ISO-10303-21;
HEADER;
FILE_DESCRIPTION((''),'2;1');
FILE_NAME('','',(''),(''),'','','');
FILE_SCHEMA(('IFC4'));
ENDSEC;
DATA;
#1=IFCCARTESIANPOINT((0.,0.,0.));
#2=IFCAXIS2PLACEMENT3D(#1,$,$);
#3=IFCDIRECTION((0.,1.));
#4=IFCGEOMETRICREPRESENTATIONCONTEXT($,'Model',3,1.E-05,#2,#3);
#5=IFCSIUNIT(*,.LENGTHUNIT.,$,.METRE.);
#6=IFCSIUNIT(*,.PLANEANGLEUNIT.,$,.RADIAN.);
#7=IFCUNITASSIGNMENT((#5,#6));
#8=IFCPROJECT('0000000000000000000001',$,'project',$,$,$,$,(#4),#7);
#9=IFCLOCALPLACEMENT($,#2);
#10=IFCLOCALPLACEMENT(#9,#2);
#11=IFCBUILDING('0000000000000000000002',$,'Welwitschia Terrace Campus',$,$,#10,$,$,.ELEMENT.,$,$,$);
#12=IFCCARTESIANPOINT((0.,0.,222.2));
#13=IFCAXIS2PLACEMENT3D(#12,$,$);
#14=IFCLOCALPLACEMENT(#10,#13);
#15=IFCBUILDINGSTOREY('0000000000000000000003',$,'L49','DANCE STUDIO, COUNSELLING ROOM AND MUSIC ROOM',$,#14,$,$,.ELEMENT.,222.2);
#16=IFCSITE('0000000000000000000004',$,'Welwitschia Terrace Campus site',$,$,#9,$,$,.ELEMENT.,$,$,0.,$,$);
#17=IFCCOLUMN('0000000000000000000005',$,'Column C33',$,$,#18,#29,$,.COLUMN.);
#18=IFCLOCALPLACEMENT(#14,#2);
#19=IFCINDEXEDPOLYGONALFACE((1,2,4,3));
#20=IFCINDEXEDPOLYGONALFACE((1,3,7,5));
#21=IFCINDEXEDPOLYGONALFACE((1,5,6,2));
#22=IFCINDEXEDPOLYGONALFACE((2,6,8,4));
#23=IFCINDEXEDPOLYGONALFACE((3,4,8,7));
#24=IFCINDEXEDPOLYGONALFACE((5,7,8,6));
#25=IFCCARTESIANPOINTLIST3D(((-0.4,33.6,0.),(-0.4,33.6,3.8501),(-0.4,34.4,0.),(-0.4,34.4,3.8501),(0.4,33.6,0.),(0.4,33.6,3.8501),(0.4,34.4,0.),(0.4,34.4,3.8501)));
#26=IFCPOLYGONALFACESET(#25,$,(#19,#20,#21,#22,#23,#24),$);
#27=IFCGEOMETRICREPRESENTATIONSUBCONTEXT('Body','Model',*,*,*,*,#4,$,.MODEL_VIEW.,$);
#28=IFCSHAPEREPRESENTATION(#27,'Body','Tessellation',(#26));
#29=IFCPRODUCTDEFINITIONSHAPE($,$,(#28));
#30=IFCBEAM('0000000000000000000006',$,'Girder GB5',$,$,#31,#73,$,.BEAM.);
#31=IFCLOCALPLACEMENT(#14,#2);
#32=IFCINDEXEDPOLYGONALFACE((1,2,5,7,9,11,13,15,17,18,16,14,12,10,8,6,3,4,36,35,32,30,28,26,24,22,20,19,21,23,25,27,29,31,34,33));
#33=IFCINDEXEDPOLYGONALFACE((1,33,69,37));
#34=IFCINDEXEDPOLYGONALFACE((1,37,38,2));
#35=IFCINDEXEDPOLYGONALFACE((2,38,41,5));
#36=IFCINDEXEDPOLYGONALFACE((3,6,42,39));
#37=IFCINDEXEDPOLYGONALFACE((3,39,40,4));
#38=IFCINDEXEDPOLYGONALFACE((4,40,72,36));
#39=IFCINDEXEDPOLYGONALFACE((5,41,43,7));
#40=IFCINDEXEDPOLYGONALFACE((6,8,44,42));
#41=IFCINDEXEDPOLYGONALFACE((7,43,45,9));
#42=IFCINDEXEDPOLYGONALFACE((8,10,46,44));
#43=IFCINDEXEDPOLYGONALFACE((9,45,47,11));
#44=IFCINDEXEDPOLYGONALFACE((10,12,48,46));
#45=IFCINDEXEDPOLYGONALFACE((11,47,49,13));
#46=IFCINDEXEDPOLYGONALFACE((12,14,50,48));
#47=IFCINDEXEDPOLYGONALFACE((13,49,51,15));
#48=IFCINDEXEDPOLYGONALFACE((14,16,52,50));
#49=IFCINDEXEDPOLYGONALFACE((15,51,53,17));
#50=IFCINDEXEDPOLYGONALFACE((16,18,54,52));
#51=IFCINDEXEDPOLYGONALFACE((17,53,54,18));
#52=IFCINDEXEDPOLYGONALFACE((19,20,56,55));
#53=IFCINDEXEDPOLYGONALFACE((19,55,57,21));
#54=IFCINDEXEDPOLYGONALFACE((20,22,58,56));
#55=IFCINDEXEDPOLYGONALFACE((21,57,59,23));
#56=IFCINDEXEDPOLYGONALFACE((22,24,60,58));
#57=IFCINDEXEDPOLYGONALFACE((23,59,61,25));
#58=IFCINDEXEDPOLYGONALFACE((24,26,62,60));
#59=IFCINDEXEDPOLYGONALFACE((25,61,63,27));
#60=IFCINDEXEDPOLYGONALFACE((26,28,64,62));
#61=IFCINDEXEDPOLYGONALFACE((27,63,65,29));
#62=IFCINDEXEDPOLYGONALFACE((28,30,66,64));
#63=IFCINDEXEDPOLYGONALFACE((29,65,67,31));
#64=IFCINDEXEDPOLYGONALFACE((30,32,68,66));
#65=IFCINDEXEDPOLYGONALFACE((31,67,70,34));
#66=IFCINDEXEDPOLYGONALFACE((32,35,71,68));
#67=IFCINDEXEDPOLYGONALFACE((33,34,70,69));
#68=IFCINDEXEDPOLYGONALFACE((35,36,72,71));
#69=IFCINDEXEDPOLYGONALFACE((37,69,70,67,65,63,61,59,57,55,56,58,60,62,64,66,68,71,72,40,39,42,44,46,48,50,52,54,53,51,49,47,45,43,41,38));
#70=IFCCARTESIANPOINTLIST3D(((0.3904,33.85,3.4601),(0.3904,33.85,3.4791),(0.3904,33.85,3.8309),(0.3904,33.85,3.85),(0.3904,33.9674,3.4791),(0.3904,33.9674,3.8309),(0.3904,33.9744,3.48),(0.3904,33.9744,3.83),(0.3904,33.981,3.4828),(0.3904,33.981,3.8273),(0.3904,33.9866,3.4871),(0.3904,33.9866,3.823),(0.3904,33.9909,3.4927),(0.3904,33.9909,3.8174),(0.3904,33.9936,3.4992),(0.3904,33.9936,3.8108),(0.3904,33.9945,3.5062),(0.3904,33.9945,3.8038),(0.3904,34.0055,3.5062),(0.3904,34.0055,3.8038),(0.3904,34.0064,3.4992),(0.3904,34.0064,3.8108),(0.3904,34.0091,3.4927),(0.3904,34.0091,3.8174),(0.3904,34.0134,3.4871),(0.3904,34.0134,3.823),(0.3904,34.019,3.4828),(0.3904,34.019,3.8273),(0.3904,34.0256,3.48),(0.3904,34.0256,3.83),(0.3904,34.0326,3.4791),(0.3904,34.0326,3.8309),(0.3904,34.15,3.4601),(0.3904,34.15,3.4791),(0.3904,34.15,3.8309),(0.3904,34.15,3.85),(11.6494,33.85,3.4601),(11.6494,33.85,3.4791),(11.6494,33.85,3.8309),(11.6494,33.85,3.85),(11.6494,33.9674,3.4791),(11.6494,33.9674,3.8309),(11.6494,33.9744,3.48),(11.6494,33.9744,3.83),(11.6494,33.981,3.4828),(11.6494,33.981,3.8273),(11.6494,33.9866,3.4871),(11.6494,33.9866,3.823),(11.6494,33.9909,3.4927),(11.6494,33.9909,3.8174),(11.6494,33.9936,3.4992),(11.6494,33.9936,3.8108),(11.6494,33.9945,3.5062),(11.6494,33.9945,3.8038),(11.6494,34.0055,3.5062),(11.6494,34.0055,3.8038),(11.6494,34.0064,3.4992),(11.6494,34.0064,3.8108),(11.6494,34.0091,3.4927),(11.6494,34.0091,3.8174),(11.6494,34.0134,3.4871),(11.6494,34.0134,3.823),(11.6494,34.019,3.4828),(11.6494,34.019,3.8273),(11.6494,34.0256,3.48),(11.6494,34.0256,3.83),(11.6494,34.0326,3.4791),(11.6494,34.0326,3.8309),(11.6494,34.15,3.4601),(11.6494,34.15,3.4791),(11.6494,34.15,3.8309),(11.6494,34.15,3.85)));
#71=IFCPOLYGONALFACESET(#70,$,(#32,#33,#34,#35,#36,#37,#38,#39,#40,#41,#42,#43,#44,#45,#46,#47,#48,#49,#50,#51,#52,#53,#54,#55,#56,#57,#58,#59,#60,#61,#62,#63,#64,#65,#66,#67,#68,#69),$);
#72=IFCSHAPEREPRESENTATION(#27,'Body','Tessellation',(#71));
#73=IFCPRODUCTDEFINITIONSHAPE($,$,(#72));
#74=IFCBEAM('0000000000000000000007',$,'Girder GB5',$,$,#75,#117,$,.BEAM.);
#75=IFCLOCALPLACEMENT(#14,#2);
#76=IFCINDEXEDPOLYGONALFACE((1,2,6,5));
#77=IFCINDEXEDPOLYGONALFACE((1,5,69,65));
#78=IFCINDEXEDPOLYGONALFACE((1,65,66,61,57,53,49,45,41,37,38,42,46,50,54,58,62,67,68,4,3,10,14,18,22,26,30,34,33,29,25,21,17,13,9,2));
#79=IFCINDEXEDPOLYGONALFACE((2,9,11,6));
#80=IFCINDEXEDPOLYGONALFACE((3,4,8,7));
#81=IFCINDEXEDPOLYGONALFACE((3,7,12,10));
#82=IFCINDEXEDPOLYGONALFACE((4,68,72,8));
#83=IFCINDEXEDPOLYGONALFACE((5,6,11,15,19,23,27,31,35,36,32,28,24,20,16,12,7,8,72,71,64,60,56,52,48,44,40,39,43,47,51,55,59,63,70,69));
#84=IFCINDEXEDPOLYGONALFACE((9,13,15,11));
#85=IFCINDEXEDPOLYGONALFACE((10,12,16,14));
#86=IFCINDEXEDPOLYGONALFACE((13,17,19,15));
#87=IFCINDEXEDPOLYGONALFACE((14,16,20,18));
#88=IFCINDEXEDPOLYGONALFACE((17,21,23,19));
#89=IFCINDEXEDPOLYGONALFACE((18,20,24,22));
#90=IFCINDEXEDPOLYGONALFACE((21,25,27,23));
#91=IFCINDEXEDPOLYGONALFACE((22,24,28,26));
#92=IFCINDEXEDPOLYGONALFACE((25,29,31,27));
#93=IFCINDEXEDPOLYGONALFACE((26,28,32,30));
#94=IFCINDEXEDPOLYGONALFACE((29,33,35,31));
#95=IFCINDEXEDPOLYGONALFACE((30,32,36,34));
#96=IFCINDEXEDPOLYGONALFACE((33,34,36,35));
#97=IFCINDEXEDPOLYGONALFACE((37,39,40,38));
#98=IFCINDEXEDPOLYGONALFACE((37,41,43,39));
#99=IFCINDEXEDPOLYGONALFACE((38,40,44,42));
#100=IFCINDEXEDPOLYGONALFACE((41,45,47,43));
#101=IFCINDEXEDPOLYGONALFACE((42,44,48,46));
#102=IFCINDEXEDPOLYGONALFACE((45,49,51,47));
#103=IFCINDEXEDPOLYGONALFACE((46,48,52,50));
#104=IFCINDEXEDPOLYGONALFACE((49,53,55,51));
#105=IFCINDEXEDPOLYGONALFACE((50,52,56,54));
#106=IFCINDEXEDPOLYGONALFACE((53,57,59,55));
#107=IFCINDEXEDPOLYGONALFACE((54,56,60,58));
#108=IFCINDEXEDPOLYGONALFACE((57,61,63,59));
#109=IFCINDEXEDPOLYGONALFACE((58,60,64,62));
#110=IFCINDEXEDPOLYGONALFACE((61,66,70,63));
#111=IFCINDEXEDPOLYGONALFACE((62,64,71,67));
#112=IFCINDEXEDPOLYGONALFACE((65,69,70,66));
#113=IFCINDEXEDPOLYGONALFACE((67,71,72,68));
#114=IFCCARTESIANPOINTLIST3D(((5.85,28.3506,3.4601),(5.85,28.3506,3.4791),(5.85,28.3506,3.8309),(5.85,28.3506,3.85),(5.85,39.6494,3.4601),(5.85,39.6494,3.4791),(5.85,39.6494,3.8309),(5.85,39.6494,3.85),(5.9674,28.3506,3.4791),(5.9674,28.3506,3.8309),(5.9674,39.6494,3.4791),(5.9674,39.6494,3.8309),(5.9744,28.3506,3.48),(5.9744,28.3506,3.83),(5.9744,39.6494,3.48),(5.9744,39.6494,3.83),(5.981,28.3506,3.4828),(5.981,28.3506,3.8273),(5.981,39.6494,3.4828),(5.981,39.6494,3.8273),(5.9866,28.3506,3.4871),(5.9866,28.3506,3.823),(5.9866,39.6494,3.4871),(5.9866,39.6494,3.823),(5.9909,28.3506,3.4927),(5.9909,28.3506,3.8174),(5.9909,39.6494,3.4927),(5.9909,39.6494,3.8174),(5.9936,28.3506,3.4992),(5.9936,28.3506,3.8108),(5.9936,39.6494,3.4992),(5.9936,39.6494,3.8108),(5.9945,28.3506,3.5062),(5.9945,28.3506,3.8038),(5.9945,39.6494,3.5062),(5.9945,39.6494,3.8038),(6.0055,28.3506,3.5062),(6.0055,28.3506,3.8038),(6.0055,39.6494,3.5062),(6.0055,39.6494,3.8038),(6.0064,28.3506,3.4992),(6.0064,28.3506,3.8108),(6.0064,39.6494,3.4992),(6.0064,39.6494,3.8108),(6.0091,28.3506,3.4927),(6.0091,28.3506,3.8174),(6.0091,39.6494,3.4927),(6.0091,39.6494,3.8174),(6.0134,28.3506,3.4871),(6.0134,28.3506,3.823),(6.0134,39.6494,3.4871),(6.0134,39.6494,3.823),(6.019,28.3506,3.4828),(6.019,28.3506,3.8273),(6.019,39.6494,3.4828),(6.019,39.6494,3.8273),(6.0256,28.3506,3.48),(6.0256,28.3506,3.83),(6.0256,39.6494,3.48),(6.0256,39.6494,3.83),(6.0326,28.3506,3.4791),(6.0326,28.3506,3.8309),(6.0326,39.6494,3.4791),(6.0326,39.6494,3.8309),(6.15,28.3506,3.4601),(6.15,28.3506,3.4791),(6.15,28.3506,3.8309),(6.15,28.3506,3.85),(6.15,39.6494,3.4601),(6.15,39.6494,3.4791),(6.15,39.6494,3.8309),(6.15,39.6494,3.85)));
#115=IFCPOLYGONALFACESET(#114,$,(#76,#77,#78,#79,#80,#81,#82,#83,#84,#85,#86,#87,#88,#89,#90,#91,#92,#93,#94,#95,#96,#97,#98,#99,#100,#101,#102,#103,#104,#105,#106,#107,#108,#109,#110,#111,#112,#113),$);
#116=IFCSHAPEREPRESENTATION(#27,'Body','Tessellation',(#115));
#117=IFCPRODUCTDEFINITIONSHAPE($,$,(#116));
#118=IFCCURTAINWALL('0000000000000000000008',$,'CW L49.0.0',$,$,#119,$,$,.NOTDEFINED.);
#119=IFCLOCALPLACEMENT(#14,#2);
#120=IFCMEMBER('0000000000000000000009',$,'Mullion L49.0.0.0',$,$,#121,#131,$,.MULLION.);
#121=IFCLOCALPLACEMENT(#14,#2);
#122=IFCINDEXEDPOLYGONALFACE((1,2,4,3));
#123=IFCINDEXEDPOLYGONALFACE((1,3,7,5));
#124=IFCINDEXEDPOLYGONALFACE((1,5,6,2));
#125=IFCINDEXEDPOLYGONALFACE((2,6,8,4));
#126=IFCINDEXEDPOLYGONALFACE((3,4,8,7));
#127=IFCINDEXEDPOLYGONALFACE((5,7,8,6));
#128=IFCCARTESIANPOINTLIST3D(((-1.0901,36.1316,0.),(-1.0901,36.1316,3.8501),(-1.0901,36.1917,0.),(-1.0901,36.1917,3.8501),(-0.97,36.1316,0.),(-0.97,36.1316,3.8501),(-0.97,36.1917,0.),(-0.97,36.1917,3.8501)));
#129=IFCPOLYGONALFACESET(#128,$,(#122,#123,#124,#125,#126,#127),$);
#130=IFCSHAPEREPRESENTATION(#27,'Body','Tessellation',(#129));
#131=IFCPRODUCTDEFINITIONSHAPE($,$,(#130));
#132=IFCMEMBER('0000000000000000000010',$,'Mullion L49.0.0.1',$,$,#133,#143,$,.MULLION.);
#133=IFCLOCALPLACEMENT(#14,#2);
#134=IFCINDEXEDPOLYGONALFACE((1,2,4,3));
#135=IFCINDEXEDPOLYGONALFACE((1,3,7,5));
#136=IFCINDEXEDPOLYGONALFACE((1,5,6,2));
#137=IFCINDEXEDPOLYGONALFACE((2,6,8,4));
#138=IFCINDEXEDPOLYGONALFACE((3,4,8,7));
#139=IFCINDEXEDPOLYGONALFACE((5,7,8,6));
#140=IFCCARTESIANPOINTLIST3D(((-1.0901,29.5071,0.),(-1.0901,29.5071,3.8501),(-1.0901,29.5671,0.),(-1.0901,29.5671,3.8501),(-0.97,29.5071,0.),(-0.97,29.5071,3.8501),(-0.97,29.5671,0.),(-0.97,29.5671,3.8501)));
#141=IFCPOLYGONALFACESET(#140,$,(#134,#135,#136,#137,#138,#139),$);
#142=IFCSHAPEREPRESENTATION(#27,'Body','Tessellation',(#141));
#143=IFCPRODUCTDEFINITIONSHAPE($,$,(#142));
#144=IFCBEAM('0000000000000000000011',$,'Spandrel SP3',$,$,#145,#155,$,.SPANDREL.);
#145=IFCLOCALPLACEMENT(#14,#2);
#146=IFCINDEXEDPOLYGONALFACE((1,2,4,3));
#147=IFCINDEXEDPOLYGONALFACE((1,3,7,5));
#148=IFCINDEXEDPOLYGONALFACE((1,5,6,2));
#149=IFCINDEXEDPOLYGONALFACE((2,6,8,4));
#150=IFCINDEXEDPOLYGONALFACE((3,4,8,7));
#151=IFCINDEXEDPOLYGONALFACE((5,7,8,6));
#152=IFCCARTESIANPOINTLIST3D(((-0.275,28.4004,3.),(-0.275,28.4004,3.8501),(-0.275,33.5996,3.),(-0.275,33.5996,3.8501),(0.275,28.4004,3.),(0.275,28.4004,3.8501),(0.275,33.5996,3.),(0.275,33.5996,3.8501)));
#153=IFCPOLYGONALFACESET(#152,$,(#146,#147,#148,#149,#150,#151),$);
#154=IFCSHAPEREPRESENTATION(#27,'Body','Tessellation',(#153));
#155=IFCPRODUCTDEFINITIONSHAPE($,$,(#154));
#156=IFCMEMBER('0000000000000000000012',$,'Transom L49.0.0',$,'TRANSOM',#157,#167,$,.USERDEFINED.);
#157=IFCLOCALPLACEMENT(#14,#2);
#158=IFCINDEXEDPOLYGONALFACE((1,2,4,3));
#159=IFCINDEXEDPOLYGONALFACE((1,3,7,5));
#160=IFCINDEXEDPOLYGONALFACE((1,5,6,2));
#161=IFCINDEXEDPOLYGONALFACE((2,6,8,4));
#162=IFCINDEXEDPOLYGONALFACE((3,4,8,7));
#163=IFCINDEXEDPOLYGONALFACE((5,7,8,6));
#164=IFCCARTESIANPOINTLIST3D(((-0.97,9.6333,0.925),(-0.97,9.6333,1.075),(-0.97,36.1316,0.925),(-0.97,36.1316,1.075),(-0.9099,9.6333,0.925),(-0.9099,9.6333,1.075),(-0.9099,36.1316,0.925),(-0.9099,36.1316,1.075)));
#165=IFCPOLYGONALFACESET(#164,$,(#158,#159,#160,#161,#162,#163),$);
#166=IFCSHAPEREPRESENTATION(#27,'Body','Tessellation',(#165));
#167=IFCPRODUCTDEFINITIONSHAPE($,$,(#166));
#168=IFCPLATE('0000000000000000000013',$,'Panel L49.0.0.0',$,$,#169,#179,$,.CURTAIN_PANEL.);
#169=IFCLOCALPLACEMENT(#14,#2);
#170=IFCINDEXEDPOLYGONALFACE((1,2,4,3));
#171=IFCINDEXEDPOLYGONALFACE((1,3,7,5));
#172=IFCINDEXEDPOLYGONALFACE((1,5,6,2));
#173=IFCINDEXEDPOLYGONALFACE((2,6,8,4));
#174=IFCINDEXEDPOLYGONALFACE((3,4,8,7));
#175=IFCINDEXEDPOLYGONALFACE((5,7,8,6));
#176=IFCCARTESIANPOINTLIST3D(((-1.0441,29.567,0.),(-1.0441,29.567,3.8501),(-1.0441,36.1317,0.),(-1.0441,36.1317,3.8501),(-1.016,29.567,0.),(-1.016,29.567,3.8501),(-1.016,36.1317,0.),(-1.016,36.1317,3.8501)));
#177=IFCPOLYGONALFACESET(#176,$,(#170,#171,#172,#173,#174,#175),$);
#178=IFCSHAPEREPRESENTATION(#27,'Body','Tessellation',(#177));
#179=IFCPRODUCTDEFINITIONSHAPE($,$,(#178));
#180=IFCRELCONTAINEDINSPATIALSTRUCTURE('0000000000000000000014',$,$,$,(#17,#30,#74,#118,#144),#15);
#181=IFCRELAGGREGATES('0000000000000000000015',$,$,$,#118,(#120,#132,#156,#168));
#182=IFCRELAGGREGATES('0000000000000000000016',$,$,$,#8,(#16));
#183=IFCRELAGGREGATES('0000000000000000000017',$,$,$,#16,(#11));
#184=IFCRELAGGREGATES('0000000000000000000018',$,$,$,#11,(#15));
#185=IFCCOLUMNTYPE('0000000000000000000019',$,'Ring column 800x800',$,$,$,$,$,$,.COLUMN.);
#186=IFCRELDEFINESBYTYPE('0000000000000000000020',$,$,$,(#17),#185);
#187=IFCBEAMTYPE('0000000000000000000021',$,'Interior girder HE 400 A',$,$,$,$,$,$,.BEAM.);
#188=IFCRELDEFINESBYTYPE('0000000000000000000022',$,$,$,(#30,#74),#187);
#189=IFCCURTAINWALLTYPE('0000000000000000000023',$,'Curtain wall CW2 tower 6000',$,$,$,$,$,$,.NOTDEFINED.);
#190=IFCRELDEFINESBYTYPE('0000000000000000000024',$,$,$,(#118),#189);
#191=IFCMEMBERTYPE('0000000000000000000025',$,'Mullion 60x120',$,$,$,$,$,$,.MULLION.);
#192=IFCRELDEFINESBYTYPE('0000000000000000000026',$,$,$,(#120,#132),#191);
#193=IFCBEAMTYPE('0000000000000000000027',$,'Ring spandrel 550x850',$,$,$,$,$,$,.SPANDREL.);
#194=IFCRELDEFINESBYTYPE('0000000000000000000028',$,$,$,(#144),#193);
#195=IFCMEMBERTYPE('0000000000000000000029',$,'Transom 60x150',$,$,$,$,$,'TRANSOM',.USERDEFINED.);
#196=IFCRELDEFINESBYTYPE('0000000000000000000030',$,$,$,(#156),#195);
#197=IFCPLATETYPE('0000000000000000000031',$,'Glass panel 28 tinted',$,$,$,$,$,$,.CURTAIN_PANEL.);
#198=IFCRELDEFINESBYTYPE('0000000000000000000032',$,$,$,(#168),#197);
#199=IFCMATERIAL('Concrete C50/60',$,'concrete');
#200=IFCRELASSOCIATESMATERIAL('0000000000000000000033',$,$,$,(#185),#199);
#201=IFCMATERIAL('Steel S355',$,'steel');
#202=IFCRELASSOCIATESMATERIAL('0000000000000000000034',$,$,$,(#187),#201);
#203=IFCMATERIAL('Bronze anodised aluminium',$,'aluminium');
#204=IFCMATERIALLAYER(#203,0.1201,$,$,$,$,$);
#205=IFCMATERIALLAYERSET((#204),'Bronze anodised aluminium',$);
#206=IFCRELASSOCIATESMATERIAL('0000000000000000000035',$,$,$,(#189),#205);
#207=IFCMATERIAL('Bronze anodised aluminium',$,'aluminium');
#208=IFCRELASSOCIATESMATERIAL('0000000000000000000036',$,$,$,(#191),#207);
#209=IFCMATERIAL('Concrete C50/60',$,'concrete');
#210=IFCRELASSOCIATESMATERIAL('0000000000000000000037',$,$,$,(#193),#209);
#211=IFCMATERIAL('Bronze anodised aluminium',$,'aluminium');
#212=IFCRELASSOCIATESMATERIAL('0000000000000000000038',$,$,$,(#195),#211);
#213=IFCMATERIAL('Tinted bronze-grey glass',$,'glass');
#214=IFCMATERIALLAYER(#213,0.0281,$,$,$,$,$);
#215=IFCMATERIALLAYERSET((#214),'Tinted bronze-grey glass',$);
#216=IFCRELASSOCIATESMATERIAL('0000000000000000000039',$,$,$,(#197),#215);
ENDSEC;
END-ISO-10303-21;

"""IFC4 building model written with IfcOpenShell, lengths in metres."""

from ifc_helpers import new_model, si_unit, direction, frame, origin, origin_2d, place, context, subcontext, project, spatial, rectangle, i_section, extrude, material, layer, layer_set, material_profile, profile_set, type_object, element, aggregate, save


model = new_model("IFC4")

# Units and contexts
model_context = context("Model", 3, precision=1e-05, world=origin(), true_north=direction((0.0, 1.0)))
body_context = subcontext(model_context, "Body", "Model", "MODEL_VIEW")
ifc_project = project(units=[si_unit("LENGTHUNIT", "METRE"), si_unit("PLANEANGLEUNIT", "RADIAN")], contexts=[model_context])

# Site, building, storey
site_placement = place(None, origin())
site = spatial("IfcSite", under=ifc_project, at=site_placement, Name="Welwitschia Terrace Campus site", CompositionType="ELEMENT", RefElevation=0.0)
building_placement = place(site_placement, origin())
building = spatial("IfcBuilding", under=site, at=building_placement, Name="Welwitschia Terrace Campus", CompositionType="ELEMENT")
storey_placement = place(building_placement, frame((0.0, 0.0, 222.2)))
storey = spatial("IfcBuildingStorey", under=building, at=storey_placement, Name="L49", Description="DANCE STUDIO, COUNSELLING ROOM AND MUSIC ROOM", CompositionType="ELEMENT", Elevation=222.2)

# Column
ifc_material_1 = material(Name="Concrete C50/60", Category="concrete")
ifc_material_profile_1 = material_profile(ifc_material_1, rectangle(XDim=0.8, YDim=0.8, at=origin_2d()))
ifc_profile_set_1 = profile_set([ifc_material_profile_1], Name="Concrete C50/60")
column_type = type_object("IfcColumnType", Name="Ring column 800x800", PredefinedType="COLUMN", material=ifc_profile_set_1)
column_placement = place(storey_placement, frame((0.0, 34.0, 0.0), z_axis=(0.0, 0.0, 1.0), x_axis=(1.0, 0.0, 0.0)))
element("IfcColumn", 1, at=column_placement, inside=storey, type_object=column_type, Name="Column C33", PredefinedType="COLUMN", context=body_context, shape_type="SweptSolid", body=[
    extrude(rectangle(XDim=0.8, YDim=0.8, at=origin_2d()), origin(), (0.0, 0.0, 1.0), 3.8501),
])

# Beams
ifc_material_2 = material(Name="Steel S355", Category="steel")
ifc_material_profile_2 = material_profile(ifc_material_2, i_section(OverallWidth=0.3, OverallDepth=0.3899, WebThickness=0.011, FlangeThickness=0.019, FilletRadius=0.0271, at=origin_2d()))
ifc_profile_set_2 = profile_set([ifc_material_profile_2], Name="Steel S355")
beam_type_1 = type_object("IfcBeamType", Name="Interior girder HE 400 A", PredefinedType="BEAM", material=ifc_profile_set_2)
beam_1_placement = place(storey_placement, frame((0.3904, 34.0, 3.655), z_axis=(1.0, 0.0, 0.0), x_axis=(0.0, 1.0, 0.0)))
element("IfcBeam", 2, at=beam_1_placement, inside=storey, type_object=beam_type_1, Name="Girder GB5", PredefinedType="BEAM", context=body_context, shape_type="SweptSolid", body=[
    extrude(i_section(OverallWidth=0.3, OverallDepth=0.3899, WebThickness=0.011, FlangeThickness=0.019, FilletRadius=0.0271, at=origin_2d()), origin(), (0.0, 0.0, 1.0), 11.259),
])
beam_2_placement = place(storey_placement, frame((6.0, 28.3506, 3.655), z_axis=(0.0, 1.0, 0.0), x_axis=(-1.0, 0.0, 0.0)))
element("IfcBeam", 3, at=beam_2_placement, inside=storey, type_object=beam_type_1, Name="Girder GB5", PredefinedType="BEAM", context=body_context, shape_type="SweptSolid", body=[
    extrude(i_section(OverallWidth=0.3, OverallDepth=0.3899, WebThickness=0.011, FlangeThickness=0.019, FilletRadius=0.0271, at=origin_2d()), origin(), (0.0, 0.0, 1.0), 11.2988),
])

# Curtain wall, members
ifc_material_3 = material(Name="Bronze anodised aluminium", Category="aluminium")
ifc_layer_1 = layer(ifc_material_3, 0.1201)
ifc_layer_set_1 = layer_set([ifc_layer_1], Name="Bronze anodised aluminium")
curtain_wall_type = type_object("IfcCurtainWallType", Name="Curtain wall CW2 tower 6000", PredefinedType="NOTDEFINED", material=ifc_layer_set_1)
curtain_wall_placement = place(storey_placement, origin())
curtain_wall = element("IfcCurtainWall", 4, at=curtain_wall_placement, inside=storey, type_object=curtain_wall_type, Name="CW L49.0.0", PredefinedType="NOTDEFINED")
ifc_material_4 = material(Name="Bronze anodised aluminium", Category="aluminium")
ifc_material_profile_3 = material_profile(ifc_material_4, rectangle(XDim=0.1201, YDim=0.0601, at=origin_2d()))
ifc_profile_set_3 = profile_set([ifc_material_profile_3], Name="Bronze anodised aluminium")
member_type_1 = type_object("IfcMemberType", Name="Mullion 60x120", PredefinedType="MULLION", material=ifc_profile_set_3)
member_1_placement = place(storey_placement, frame((-1.03, 36.1616, 0.0), z_axis=(0.0, 0.0, 1.0), x_axis=(1.0, 0.0, 0.0)))
member_1 = element("IfcMember", 5, at=member_1_placement, type_object=member_type_1, Name="Mullion L49.0.0.0", PredefinedType="MULLION", context=body_context, shape_type="SweptSolid", body=[
    extrude(rectangle(XDim=0.1201, YDim=0.0601, at=origin_2d()), origin(), (0.0, 0.0, 1.0), 3.8501),
])
member_2_placement = place(storey_placement, frame((-1.03, 29.5371, 0.0), z_axis=(0.0, 0.0, 1.0), x_axis=(1.0, 0.0, 0.0)))
member_2 = element("IfcMember", 6, at=member_2_placement, type_object=member_type_1, Name="Mullion L49.0.0.1", PredefinedType="MULLION", context=body_context, shape_type="SweptSolid", body=[
    extrude(rectangle(XDim=0.1201, YDim=0.0601, at=origin_2d()), origin(), (0.0, 0.0, 1.0), 3.8501),
])

# Beam
ifc_material_5 = material(Name="Concrete C50/60", Category="concrete")
ifc_material_profile_4 = material_profile(ifc_material_5, rectangle(XDim=0.55, YDim=0.8501, at=origin_2d()))
ifc_profile_set_4 = profile_set([ifc_material_profile_4], Name="Concrete C50/60")
beam_type_2 = type_object("IfcBeamType", Name="Ring spandrel 550x850", PredefinedType="SPANDREL", material=ifc_profile_set_4)
beam_3_placement = place(storey_placement, frame((0.0, 33.5996, 3.425), z_axis=(0.0, -1.0, 0.0), x_axis=(1.0, 0.0, 0.0)))
element("IfcBeam", 7, at=beam_3_placement, inside=storey, type_object=beam_type_2, Name="Spandrel SP3", PredefinedType="SPANDREL", context=body_context, shape_type="SweptSolid", body=[
    extrude(rectangle(XDim=0.55, YDim=0.8501, at=origin_2d()), origin(), (0.0, 0.0, 1.0), 5.1992),
])

# Member
ifc_material_6 = material(Name="Bronze anodised aluminium", Category="aluminium")
ifc_material_profile_5 = material_profile(ifc_material_6, rectangle(XDim=0.0601, YDim=0.1499, at=origin_2d()))
ifc_profile_set_5 = profile_set([ifc_material_profile_5], Name="Bronze anodised aluminium")
member_type_2 = type_object("IfcMemberType", Name="Transom 60x150", ElementType="TRANSOM", PredefinedType="USERDEFINED", material=ifc_profile_set_5)
member_3_placement = place(storey_placement, frame((-0.9399, 36.1316, 1.0), z_axis=(0.0, -1.0, 0.0), x_axis=(1.0, 0.0, 0.0)))
member_3 = element("IfcMember", 8, at=member_3_placement, type_object=member_type_2, Name="Transom L49.0.0", ObjectType="TRANSOM", PredefinedType="USERDEFINED", context=body_context, shape_type="SweptSolid", body=[
    extrude(rectangle(XDim=0.0601, YDim=0.1499, at=origin_2d()), origin(), (0.0, 0.0, 1.0), 26.4983),
])

# Plate
ifc_material_7 = material(Name="Tinted bronze-grey glass", Category="glass")
ifc_layer_2 = layer(ifc_material_7, 0.0281)
ifc_layer_set_2 = layer_set([ifc_layer_2], Name="Tinted bronze-grey glass")
plate_type = type_object("IfcPlateType", Name="Glass panel 28 tinted", PredefinedType="CURTAIN_PANEL", material=ifc_layer_set_2)
plate_placement = place(storey_placement, frame((-1.03, 32.8494, 0.0), z_axis=(0.0, 0.0, 1.0), x_axis=(0.0, -1.0, 0.0)))
plate = element("IfcPlate", 9, at=plate_placement, type_object=plate_type, Name="Panel L49.0.0.0", PredefinedType="CURTAIN_PANEL", context=body_context, shape_type="SweptSolid", body=[
    extrude(rectangle(XDim=6.5647, YDim=0.0281, at=origin_2d()), origin(), (0.0, 0.0, 1.0), 3.8501),
])
aggregate(curtain_wall, [member_1, member_2, member_3, plate])

save(model, "model.ifc")
